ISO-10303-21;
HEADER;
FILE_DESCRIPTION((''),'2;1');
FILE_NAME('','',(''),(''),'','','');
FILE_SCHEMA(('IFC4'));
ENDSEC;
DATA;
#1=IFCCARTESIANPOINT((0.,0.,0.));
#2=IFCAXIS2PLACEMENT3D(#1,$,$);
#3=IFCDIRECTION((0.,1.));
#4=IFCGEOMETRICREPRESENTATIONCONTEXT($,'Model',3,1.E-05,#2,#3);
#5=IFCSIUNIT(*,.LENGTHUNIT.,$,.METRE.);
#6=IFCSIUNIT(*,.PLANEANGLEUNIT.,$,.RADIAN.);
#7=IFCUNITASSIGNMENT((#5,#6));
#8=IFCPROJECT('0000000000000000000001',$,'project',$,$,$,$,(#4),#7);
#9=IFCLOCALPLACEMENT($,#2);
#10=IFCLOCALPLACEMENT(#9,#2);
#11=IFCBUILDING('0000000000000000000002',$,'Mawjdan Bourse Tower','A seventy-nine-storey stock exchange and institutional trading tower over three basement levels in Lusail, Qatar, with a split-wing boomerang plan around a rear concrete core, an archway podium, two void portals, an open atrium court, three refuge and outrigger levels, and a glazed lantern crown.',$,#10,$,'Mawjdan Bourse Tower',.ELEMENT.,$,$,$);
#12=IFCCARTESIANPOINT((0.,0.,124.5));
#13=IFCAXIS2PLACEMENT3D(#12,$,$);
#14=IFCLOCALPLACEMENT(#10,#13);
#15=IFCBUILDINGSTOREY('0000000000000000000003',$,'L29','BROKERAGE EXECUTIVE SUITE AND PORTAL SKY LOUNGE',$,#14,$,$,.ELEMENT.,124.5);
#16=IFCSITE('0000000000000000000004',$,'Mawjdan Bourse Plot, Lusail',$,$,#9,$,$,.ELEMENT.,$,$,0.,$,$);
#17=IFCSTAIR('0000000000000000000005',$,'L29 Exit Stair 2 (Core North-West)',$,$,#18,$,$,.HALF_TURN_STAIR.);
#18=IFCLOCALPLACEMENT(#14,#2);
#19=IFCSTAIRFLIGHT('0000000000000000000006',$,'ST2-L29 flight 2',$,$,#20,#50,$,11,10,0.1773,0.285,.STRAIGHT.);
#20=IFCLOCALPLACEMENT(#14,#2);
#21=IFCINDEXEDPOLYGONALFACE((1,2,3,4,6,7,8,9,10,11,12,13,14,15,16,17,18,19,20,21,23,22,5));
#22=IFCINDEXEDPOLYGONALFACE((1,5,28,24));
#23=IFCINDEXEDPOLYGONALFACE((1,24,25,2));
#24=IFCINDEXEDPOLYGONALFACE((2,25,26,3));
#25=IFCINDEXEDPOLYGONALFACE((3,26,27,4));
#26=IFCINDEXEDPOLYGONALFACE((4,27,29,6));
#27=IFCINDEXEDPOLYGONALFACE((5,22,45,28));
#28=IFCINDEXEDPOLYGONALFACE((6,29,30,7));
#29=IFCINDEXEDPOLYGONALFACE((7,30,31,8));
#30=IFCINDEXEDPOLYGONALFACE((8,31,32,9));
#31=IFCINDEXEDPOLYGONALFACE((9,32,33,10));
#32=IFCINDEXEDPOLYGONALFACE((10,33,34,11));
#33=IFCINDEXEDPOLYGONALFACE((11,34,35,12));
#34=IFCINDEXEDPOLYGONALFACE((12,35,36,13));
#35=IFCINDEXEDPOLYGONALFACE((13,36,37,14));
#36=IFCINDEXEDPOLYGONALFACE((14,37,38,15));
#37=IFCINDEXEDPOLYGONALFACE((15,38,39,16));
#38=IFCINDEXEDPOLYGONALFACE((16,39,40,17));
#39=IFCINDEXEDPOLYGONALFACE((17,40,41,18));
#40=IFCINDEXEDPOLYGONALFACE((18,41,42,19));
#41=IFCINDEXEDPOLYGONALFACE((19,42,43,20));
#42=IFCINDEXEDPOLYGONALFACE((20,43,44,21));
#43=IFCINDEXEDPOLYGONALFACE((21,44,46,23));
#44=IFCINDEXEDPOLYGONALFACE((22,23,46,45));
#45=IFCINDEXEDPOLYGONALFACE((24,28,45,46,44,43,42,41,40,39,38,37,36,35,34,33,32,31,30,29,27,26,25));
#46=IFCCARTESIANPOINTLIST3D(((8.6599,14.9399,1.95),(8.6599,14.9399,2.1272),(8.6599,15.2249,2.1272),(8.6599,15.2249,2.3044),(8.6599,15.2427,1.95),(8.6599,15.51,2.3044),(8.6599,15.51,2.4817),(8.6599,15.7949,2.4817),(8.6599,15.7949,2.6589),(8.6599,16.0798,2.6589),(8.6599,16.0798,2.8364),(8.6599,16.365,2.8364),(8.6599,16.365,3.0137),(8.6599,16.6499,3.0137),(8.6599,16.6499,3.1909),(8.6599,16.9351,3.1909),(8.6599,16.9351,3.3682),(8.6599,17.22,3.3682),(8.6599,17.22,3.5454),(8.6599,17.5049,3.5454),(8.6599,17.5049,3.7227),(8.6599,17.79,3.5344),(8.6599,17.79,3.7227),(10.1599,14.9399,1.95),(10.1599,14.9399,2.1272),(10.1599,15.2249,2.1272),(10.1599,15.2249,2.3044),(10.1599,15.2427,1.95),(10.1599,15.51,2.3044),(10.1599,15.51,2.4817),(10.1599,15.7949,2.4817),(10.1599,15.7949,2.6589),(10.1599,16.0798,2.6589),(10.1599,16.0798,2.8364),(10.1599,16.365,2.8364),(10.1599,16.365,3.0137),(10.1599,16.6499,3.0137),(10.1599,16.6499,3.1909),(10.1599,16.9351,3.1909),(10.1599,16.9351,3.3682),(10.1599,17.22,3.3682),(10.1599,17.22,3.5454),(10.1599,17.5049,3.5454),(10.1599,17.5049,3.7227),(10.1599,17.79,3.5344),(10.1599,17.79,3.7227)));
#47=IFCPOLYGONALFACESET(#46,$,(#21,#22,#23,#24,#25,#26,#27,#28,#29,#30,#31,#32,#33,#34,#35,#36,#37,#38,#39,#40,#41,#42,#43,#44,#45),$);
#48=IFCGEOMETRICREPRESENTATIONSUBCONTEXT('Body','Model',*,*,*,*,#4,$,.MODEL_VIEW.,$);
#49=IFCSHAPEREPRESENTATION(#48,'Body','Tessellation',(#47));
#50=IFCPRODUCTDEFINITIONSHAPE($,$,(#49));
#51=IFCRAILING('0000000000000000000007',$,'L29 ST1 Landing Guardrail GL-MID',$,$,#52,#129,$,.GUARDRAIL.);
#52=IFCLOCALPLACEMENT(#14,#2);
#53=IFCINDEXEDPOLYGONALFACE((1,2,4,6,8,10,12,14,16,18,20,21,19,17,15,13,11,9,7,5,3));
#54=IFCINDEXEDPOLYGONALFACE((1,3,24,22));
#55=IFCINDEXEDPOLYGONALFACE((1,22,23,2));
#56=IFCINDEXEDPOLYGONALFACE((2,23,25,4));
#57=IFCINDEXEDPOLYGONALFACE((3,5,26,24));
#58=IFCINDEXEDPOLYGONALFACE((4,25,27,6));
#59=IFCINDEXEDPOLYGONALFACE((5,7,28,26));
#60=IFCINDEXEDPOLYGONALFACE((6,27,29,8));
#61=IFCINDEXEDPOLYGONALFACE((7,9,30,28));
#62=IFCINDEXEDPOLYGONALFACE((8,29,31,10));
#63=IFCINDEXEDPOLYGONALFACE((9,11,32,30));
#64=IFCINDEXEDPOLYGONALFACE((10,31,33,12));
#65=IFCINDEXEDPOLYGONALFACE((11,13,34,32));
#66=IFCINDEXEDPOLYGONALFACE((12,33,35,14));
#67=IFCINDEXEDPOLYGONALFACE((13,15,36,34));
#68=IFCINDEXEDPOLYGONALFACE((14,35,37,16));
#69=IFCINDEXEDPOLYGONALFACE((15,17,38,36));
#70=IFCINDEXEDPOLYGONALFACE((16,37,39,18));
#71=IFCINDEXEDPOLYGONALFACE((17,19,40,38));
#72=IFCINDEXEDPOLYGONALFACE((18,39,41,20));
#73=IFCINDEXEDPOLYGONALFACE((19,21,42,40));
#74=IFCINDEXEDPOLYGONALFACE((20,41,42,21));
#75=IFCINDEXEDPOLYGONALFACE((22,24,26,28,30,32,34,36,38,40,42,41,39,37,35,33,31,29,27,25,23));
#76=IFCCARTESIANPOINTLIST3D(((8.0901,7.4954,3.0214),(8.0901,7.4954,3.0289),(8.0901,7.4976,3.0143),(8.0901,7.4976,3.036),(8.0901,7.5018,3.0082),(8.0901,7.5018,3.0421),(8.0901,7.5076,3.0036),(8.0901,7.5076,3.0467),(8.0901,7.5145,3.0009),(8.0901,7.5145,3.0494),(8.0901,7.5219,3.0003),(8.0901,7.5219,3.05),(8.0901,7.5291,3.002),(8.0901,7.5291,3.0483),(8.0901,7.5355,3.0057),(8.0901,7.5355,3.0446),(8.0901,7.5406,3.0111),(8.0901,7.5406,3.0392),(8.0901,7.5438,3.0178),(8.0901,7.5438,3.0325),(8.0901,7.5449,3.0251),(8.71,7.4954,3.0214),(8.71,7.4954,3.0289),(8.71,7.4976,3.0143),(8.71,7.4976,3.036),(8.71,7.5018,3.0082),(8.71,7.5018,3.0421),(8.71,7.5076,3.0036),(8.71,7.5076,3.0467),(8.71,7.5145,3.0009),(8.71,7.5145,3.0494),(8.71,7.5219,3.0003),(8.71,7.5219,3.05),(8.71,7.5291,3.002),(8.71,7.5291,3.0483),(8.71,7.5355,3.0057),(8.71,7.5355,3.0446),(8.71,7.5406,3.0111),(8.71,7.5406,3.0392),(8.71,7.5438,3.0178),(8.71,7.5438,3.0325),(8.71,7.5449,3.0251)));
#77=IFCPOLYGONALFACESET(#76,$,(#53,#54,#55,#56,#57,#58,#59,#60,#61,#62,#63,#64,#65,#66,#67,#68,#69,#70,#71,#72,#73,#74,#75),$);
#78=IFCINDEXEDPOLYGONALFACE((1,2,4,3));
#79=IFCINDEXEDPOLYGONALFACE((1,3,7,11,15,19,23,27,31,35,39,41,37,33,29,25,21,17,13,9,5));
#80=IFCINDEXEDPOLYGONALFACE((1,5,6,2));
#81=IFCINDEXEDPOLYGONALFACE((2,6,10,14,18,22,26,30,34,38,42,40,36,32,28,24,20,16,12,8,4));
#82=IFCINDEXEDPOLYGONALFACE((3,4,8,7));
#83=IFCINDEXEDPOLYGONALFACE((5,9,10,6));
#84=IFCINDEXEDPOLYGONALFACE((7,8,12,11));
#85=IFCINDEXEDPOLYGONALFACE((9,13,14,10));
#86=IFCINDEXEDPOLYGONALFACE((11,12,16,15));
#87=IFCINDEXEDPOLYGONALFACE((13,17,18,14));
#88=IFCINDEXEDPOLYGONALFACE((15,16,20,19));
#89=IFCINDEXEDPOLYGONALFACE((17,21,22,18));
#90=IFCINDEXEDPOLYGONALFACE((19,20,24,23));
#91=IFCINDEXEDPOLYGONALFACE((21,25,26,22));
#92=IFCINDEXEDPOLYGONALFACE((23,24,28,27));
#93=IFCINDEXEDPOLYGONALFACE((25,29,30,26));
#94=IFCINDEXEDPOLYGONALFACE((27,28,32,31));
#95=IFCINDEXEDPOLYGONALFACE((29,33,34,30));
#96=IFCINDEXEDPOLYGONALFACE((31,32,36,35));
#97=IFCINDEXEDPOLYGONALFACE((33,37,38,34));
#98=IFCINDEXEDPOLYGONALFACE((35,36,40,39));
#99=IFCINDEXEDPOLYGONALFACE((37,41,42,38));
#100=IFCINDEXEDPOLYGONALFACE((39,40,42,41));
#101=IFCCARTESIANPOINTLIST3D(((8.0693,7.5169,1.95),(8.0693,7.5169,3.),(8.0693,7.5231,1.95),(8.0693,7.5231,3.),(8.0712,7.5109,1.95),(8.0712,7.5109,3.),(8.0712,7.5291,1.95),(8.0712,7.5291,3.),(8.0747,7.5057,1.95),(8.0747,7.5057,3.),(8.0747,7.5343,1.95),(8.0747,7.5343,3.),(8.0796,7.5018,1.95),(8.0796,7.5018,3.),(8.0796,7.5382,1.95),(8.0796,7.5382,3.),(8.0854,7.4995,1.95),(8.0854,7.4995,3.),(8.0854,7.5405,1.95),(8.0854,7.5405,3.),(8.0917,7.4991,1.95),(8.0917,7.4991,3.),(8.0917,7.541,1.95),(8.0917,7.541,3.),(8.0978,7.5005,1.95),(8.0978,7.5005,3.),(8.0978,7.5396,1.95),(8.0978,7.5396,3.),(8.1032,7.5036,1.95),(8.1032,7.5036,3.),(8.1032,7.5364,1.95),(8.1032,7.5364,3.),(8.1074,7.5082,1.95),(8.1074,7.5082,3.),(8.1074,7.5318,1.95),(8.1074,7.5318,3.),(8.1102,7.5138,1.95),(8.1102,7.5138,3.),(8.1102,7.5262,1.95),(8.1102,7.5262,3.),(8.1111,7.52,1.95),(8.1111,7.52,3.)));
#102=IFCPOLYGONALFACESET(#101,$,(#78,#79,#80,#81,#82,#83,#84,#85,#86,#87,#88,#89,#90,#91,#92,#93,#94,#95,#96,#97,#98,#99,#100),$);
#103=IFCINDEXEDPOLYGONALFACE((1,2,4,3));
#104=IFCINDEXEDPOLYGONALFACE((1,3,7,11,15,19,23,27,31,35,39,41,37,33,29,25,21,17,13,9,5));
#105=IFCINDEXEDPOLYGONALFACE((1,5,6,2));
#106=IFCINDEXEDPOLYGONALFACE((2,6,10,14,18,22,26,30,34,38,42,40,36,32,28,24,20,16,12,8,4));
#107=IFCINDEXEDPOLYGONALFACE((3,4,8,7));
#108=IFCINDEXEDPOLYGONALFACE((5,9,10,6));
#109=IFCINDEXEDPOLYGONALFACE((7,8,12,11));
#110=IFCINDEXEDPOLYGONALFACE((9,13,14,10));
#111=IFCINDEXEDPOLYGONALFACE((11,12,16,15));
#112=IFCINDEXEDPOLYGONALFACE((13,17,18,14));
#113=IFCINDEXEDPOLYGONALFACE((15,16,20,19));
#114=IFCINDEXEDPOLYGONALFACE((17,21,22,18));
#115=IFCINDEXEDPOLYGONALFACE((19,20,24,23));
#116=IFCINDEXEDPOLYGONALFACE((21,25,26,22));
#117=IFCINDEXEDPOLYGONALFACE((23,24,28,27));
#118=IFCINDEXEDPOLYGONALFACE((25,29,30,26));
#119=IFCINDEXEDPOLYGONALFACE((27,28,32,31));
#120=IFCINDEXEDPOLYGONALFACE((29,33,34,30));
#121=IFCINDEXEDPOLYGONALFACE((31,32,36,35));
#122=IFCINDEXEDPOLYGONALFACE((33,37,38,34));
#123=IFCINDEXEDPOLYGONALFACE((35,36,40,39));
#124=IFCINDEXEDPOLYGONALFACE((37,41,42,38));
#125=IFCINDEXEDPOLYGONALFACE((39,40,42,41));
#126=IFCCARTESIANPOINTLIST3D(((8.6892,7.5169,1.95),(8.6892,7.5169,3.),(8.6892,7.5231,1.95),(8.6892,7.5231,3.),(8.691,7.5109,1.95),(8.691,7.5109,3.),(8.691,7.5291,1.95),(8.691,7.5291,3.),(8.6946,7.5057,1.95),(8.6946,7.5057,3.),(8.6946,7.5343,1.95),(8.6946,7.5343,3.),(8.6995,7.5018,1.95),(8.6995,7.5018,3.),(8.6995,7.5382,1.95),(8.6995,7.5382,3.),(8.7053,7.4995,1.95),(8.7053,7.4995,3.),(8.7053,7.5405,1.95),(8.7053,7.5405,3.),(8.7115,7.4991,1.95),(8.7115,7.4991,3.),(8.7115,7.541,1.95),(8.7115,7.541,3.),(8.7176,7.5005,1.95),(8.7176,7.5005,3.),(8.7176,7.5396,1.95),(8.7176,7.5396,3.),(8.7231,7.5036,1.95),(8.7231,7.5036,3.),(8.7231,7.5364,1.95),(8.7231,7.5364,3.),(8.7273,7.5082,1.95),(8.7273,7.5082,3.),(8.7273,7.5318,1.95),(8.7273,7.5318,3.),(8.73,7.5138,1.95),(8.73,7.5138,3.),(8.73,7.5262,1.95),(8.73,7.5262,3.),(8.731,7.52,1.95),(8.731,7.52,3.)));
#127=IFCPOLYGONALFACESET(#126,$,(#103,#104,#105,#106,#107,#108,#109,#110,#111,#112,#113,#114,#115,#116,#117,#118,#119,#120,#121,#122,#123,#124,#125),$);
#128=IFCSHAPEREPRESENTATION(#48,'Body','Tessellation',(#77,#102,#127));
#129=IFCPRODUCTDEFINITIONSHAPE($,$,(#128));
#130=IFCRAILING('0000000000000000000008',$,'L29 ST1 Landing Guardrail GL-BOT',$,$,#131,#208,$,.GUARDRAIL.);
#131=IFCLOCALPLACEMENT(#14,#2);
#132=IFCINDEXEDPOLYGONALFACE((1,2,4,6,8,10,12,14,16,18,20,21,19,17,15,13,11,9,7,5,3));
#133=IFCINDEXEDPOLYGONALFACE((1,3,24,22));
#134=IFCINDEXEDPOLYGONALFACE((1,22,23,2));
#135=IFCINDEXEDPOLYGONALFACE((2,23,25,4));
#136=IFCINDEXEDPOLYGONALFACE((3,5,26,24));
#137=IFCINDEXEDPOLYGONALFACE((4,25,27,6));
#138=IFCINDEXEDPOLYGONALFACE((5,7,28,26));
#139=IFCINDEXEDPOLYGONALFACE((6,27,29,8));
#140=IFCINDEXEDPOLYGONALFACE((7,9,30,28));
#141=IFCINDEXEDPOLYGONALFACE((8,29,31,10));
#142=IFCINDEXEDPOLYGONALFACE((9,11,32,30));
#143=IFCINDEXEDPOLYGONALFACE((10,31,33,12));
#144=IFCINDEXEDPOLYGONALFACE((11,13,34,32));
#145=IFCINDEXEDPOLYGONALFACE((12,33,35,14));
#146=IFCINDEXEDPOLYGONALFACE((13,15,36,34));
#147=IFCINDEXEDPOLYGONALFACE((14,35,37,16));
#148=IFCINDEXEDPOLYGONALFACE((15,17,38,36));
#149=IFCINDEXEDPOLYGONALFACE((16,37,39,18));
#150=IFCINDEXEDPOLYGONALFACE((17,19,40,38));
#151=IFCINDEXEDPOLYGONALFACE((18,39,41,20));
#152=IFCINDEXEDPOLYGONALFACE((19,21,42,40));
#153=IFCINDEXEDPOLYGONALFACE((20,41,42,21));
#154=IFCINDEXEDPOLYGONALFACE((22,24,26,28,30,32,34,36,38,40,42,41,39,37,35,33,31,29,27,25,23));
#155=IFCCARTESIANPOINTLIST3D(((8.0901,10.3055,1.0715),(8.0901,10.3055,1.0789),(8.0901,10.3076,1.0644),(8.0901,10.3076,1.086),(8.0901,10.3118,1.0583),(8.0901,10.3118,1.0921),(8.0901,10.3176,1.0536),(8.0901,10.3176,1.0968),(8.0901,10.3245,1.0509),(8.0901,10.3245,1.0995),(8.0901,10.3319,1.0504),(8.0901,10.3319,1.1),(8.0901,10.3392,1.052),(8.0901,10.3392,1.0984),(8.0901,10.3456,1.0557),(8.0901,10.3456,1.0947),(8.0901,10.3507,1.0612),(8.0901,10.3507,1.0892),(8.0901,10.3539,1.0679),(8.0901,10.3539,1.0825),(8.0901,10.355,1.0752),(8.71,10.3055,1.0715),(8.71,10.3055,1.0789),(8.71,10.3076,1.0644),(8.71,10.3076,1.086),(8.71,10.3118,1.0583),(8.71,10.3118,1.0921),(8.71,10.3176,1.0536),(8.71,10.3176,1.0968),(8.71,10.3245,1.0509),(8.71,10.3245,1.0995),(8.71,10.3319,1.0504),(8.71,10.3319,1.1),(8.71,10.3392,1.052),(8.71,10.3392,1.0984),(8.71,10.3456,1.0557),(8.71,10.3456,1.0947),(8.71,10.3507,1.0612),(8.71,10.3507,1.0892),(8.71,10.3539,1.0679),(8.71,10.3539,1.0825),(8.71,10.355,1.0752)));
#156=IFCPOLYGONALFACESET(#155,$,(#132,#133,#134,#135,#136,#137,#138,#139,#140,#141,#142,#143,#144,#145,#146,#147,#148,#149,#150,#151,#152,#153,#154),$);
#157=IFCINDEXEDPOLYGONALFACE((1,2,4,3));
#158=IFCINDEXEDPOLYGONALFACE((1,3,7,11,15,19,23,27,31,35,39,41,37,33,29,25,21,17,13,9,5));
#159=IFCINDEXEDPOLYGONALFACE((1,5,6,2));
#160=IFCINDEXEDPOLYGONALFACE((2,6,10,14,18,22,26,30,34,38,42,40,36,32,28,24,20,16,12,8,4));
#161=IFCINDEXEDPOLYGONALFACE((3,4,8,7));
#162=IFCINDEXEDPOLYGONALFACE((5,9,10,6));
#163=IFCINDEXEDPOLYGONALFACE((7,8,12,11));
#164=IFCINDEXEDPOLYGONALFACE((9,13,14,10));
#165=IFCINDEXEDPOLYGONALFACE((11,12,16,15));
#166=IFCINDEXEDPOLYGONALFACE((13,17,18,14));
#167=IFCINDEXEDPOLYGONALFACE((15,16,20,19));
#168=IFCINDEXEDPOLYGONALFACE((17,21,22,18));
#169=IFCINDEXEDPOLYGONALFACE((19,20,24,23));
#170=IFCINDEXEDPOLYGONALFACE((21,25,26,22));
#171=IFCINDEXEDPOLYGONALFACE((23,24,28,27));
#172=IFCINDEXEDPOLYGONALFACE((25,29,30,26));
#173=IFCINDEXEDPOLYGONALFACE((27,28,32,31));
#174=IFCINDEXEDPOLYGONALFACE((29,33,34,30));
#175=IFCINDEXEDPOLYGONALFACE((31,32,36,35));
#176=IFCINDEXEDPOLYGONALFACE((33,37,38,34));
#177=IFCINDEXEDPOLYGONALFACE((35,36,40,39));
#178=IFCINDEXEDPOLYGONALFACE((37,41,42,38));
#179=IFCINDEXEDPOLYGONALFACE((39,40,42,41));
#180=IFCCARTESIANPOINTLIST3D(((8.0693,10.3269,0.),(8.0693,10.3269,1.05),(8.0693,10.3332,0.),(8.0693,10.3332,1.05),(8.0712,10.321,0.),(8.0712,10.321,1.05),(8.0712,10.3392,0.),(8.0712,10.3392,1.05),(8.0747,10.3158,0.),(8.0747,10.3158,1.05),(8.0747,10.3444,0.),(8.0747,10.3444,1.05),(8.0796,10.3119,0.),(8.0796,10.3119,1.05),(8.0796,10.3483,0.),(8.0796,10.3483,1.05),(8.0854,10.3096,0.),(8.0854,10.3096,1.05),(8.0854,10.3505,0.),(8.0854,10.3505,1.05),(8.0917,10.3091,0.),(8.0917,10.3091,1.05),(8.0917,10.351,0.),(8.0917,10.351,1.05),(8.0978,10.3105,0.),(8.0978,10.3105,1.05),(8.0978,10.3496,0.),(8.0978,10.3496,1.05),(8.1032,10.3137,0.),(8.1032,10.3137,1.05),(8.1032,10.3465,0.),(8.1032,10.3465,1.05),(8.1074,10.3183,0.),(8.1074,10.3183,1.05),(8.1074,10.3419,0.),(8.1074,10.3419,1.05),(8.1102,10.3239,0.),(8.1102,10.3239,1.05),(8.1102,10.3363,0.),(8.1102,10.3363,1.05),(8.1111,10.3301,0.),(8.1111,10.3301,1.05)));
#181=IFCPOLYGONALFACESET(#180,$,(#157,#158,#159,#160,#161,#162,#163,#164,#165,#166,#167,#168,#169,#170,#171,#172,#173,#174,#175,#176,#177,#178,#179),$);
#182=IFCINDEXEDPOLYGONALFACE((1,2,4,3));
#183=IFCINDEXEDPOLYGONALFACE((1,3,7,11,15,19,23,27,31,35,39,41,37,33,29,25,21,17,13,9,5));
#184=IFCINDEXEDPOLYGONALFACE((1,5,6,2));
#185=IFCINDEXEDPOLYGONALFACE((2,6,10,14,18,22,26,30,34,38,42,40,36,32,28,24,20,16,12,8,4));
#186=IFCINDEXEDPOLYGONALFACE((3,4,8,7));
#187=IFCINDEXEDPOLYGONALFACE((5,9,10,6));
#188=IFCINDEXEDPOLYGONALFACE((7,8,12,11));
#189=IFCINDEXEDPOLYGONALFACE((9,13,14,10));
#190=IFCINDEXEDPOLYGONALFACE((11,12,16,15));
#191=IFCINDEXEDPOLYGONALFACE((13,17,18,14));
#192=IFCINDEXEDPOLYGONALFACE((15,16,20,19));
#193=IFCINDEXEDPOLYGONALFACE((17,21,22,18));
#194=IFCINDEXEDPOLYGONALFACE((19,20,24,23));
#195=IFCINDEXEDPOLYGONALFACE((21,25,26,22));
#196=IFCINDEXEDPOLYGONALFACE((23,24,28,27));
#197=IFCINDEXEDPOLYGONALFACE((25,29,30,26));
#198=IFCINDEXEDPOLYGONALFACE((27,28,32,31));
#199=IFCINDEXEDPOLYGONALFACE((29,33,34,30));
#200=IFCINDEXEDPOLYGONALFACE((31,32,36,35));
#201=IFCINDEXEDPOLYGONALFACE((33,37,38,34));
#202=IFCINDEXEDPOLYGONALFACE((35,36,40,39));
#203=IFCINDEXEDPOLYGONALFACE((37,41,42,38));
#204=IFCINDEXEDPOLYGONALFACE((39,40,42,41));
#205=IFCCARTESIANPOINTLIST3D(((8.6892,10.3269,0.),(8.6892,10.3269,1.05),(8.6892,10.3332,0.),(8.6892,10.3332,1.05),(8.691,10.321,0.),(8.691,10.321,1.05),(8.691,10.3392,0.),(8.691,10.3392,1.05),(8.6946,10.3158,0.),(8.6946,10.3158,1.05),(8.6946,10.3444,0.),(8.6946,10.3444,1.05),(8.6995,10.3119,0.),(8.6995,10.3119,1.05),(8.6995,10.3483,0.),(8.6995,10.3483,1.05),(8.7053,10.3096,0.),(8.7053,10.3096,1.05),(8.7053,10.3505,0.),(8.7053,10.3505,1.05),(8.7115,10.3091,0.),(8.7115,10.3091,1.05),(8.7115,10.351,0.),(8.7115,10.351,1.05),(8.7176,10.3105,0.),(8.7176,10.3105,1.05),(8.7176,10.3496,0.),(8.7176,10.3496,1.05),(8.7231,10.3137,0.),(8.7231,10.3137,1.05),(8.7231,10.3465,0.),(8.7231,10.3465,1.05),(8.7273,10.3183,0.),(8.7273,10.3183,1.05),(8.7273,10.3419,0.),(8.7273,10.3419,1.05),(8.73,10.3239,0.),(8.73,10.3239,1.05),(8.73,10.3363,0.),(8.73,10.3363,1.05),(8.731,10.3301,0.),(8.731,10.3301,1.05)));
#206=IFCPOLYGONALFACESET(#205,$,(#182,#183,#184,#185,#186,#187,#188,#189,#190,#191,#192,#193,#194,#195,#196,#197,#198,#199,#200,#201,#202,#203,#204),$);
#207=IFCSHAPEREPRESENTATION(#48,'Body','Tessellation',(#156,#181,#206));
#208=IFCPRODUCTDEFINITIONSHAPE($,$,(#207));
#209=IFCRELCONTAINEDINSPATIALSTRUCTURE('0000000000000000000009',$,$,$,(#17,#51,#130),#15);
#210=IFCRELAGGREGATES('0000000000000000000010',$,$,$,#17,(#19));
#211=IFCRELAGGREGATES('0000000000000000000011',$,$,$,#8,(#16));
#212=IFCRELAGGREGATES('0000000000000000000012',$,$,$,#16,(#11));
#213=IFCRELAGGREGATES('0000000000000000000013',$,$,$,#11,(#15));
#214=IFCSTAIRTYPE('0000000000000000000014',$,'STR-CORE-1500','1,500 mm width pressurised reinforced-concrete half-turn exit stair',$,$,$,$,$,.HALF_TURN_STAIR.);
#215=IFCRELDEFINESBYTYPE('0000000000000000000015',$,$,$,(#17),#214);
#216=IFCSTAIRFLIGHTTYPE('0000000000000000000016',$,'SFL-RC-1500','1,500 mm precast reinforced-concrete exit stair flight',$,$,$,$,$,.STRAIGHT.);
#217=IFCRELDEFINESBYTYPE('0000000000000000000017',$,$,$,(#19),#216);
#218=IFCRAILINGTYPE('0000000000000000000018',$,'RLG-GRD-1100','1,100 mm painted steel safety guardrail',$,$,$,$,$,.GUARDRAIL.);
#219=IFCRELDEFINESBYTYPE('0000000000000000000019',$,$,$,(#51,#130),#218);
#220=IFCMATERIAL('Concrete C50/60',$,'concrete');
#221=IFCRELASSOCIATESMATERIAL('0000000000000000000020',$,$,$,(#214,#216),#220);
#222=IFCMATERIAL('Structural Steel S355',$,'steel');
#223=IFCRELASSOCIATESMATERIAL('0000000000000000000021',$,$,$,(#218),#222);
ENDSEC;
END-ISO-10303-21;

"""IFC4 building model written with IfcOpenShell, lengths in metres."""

from ifc_helpers import new_model, si_unit, direction, frame, origin, origin_2d, place, context, subcontext, project, spatial, polyline, circle, outline, extrude, material, type_object, element, aggregate, save


model = new_model("IFC4")

# Units and contexts
model_context = context("Model", 3, precision=1e-05, world=origin(), true_north=direction((0.0, 1.0)))
body_context = subcontext(model_context, "Body", "Model", "MODEL_VIEW")
ifc_project = project(units=[si_unit("LENGTHUNIT", "METRE"), si_unit("PLANEANGLEUNIT", "RADIAN")], contexts=[model_context])

# Site, building, storey
site_placement = place(None, origin())
site = spatial("IfcSite", under=ifc_project, at=site_placement, Name="Mawjdan Bourse Plot, Lusail", CompositionType="ELEMENT", RefElevation=0.0)
building_placement = place(site_placement, origin())
building = spatial("IfcBuilding", under=site, at=building_placement, Name="Mawjdan Bourse Tower", Description="A seventy-nine-storey stock exchange and institutional trading tower over three basement levels in Lusail, Qatar, with a split-wing boomerang plan around a rear concrete core, an archway podium, two void portals, an open atrium court, three refuge and outrigger levels, and a glazed lantern crown.", LongName="Mawjdan Bourse Tower", CompositionType="ELEMENT")
storey_placement = place(building_placement, frame((0.0, 0.0, 124.5)))
storey = spatial("IfcBuildingStorey", under=building, at=storey_placement, Name="L29", Description="BROKERAGE EXECUTIVE SUITE AND PORTAL SKY LOUNGE", CompositionType="ELEMENT", Elevation=124.5)

# Shared definitions
ifc_material_1 = material(Name="Structural Steel S355", Category="steel")

# Shared definitions
ifc_material_2 = material(Name="Concrete C50/60", Category="concrete")

# Shared definitions
stair_type = type_object("IfcStairType", Name="STR-CORE-1500", Description="1,500 mm width pressurised reinforced-concrete half-turn exit stair", PredefinedType="HALF_TURN_STAIR", material=ifc_material_2)
stair_flight_type = type_object("IfcStairFlightType", Name="SFL-RC-1500", Description="1,500 mm precast reinforced-concrete exit stair flight", PredefinedType="STRAIGHT", material=ifc_material_2)

# Stair, stair flight
stair_1_placement = place(storey_placement, origin())
stair_1 = element("IfcStair", 1, at=stair_1_placement, inside=storey, type_object=stair_type, Name="L29 Exit Stair 2 (Core North-West)", PredefinedType="HALF_TURN_STAIR")
stair_flight_1_placement = place(storey_placement, frame((9.4099, 14.9399, 1.95), z_axis=(0.0, 0.0, 1.0), x_axis=(0.0, 1.0, 0.0)))
stair_flight_1 = element("IfcStairFlight", 2, at=stair_flight_1_placement, type_object=stair_flight_type, Name="ST2-L29 flight 2", NumberOfRisers=11, NumberOfTreads=10, PredefinedType="STRAIGHT", RiserHeight=0.1773, TreadLength=0.285, context=body_context, shape_type="SweptSolid", body=[
    extrude(outline(polyline([(0.0, 0.0), (0.0, 0.1772), (0.2849, 0.1772), (0.2849, 0.3545), (0.5701, 0.3545), (0.5701, 0.5317), (0.855, 0.5317), (0.855, 0.709), (1.1399, 0.709), (1.1399, 0.8865), (1.425, 0.8865), (1.425, 1.0637), (1.71, 1.0637), (1.71, 1.241), (1.9951, 1.241), (1.9951, 1.4182), (2.28, 1.4182), (2.28, 1.5955), (2.5649, 1.5955), (2.5649, 1.7727), (2.8501, 1.7727), (2.8501, 1.95), (2.8501, 1.5845), (0.3027, 0.0), (0.0, 0.0)])), frame((0.0, 0.75, 0.0), z_axis=(0.0, -1.0, 0.0), x_axis=(1.0, 0.0, 0.0)), (0.0, 0.0, 1.0), 1.5),
])
aggregate(stair_1, [stair_flight_1])

# Railings
railing_type_1 = type_object("IfcRailingType", Name="RLG-GRD-1100", Description="1,100 mm painted steel safety guardrail", PredefinedType="GUARDRAIL", material=ifc_material_1)
for number, where, name in (
    (3, (8.0901, 7.52, 1.95), "L29 ST1 Landing Guardrail GL-MID"),
    (4, (8.0901, 10.3301, 0.0), "L29 ST1 Landing Guardrail GL-BOT"),
):
    element("IfcRailing", number, at=place(storey_placement, frame(where)), inside=storey, type_object=railing_type_1, Name=name, PredefinedType="GUARDRAIL", context=body_context, shape_type="SweptSolid", body=[
        extrude(circle(Radius=0.0249, at=origin_2d()), frame((0.0, 0.0, 1.0752), z_axis=(1.0, 0.0, 0.0), x_axis=(0.0, 1.0, 0.0)), (0.0, 0.0, 1.0), 0.6199),
        extrude(circle(Radius=0.021, at=origin_2d()), origin(), (0.0, 0.0, 1.0), 1.05),
        extrude(circle(Radius=0.021, at=origin_2d()), frame((0.6199, 0.0, 0.0)), (0.0, 0.0, 1.0), 1.05),
    ])

save(model, "model.ifc")
